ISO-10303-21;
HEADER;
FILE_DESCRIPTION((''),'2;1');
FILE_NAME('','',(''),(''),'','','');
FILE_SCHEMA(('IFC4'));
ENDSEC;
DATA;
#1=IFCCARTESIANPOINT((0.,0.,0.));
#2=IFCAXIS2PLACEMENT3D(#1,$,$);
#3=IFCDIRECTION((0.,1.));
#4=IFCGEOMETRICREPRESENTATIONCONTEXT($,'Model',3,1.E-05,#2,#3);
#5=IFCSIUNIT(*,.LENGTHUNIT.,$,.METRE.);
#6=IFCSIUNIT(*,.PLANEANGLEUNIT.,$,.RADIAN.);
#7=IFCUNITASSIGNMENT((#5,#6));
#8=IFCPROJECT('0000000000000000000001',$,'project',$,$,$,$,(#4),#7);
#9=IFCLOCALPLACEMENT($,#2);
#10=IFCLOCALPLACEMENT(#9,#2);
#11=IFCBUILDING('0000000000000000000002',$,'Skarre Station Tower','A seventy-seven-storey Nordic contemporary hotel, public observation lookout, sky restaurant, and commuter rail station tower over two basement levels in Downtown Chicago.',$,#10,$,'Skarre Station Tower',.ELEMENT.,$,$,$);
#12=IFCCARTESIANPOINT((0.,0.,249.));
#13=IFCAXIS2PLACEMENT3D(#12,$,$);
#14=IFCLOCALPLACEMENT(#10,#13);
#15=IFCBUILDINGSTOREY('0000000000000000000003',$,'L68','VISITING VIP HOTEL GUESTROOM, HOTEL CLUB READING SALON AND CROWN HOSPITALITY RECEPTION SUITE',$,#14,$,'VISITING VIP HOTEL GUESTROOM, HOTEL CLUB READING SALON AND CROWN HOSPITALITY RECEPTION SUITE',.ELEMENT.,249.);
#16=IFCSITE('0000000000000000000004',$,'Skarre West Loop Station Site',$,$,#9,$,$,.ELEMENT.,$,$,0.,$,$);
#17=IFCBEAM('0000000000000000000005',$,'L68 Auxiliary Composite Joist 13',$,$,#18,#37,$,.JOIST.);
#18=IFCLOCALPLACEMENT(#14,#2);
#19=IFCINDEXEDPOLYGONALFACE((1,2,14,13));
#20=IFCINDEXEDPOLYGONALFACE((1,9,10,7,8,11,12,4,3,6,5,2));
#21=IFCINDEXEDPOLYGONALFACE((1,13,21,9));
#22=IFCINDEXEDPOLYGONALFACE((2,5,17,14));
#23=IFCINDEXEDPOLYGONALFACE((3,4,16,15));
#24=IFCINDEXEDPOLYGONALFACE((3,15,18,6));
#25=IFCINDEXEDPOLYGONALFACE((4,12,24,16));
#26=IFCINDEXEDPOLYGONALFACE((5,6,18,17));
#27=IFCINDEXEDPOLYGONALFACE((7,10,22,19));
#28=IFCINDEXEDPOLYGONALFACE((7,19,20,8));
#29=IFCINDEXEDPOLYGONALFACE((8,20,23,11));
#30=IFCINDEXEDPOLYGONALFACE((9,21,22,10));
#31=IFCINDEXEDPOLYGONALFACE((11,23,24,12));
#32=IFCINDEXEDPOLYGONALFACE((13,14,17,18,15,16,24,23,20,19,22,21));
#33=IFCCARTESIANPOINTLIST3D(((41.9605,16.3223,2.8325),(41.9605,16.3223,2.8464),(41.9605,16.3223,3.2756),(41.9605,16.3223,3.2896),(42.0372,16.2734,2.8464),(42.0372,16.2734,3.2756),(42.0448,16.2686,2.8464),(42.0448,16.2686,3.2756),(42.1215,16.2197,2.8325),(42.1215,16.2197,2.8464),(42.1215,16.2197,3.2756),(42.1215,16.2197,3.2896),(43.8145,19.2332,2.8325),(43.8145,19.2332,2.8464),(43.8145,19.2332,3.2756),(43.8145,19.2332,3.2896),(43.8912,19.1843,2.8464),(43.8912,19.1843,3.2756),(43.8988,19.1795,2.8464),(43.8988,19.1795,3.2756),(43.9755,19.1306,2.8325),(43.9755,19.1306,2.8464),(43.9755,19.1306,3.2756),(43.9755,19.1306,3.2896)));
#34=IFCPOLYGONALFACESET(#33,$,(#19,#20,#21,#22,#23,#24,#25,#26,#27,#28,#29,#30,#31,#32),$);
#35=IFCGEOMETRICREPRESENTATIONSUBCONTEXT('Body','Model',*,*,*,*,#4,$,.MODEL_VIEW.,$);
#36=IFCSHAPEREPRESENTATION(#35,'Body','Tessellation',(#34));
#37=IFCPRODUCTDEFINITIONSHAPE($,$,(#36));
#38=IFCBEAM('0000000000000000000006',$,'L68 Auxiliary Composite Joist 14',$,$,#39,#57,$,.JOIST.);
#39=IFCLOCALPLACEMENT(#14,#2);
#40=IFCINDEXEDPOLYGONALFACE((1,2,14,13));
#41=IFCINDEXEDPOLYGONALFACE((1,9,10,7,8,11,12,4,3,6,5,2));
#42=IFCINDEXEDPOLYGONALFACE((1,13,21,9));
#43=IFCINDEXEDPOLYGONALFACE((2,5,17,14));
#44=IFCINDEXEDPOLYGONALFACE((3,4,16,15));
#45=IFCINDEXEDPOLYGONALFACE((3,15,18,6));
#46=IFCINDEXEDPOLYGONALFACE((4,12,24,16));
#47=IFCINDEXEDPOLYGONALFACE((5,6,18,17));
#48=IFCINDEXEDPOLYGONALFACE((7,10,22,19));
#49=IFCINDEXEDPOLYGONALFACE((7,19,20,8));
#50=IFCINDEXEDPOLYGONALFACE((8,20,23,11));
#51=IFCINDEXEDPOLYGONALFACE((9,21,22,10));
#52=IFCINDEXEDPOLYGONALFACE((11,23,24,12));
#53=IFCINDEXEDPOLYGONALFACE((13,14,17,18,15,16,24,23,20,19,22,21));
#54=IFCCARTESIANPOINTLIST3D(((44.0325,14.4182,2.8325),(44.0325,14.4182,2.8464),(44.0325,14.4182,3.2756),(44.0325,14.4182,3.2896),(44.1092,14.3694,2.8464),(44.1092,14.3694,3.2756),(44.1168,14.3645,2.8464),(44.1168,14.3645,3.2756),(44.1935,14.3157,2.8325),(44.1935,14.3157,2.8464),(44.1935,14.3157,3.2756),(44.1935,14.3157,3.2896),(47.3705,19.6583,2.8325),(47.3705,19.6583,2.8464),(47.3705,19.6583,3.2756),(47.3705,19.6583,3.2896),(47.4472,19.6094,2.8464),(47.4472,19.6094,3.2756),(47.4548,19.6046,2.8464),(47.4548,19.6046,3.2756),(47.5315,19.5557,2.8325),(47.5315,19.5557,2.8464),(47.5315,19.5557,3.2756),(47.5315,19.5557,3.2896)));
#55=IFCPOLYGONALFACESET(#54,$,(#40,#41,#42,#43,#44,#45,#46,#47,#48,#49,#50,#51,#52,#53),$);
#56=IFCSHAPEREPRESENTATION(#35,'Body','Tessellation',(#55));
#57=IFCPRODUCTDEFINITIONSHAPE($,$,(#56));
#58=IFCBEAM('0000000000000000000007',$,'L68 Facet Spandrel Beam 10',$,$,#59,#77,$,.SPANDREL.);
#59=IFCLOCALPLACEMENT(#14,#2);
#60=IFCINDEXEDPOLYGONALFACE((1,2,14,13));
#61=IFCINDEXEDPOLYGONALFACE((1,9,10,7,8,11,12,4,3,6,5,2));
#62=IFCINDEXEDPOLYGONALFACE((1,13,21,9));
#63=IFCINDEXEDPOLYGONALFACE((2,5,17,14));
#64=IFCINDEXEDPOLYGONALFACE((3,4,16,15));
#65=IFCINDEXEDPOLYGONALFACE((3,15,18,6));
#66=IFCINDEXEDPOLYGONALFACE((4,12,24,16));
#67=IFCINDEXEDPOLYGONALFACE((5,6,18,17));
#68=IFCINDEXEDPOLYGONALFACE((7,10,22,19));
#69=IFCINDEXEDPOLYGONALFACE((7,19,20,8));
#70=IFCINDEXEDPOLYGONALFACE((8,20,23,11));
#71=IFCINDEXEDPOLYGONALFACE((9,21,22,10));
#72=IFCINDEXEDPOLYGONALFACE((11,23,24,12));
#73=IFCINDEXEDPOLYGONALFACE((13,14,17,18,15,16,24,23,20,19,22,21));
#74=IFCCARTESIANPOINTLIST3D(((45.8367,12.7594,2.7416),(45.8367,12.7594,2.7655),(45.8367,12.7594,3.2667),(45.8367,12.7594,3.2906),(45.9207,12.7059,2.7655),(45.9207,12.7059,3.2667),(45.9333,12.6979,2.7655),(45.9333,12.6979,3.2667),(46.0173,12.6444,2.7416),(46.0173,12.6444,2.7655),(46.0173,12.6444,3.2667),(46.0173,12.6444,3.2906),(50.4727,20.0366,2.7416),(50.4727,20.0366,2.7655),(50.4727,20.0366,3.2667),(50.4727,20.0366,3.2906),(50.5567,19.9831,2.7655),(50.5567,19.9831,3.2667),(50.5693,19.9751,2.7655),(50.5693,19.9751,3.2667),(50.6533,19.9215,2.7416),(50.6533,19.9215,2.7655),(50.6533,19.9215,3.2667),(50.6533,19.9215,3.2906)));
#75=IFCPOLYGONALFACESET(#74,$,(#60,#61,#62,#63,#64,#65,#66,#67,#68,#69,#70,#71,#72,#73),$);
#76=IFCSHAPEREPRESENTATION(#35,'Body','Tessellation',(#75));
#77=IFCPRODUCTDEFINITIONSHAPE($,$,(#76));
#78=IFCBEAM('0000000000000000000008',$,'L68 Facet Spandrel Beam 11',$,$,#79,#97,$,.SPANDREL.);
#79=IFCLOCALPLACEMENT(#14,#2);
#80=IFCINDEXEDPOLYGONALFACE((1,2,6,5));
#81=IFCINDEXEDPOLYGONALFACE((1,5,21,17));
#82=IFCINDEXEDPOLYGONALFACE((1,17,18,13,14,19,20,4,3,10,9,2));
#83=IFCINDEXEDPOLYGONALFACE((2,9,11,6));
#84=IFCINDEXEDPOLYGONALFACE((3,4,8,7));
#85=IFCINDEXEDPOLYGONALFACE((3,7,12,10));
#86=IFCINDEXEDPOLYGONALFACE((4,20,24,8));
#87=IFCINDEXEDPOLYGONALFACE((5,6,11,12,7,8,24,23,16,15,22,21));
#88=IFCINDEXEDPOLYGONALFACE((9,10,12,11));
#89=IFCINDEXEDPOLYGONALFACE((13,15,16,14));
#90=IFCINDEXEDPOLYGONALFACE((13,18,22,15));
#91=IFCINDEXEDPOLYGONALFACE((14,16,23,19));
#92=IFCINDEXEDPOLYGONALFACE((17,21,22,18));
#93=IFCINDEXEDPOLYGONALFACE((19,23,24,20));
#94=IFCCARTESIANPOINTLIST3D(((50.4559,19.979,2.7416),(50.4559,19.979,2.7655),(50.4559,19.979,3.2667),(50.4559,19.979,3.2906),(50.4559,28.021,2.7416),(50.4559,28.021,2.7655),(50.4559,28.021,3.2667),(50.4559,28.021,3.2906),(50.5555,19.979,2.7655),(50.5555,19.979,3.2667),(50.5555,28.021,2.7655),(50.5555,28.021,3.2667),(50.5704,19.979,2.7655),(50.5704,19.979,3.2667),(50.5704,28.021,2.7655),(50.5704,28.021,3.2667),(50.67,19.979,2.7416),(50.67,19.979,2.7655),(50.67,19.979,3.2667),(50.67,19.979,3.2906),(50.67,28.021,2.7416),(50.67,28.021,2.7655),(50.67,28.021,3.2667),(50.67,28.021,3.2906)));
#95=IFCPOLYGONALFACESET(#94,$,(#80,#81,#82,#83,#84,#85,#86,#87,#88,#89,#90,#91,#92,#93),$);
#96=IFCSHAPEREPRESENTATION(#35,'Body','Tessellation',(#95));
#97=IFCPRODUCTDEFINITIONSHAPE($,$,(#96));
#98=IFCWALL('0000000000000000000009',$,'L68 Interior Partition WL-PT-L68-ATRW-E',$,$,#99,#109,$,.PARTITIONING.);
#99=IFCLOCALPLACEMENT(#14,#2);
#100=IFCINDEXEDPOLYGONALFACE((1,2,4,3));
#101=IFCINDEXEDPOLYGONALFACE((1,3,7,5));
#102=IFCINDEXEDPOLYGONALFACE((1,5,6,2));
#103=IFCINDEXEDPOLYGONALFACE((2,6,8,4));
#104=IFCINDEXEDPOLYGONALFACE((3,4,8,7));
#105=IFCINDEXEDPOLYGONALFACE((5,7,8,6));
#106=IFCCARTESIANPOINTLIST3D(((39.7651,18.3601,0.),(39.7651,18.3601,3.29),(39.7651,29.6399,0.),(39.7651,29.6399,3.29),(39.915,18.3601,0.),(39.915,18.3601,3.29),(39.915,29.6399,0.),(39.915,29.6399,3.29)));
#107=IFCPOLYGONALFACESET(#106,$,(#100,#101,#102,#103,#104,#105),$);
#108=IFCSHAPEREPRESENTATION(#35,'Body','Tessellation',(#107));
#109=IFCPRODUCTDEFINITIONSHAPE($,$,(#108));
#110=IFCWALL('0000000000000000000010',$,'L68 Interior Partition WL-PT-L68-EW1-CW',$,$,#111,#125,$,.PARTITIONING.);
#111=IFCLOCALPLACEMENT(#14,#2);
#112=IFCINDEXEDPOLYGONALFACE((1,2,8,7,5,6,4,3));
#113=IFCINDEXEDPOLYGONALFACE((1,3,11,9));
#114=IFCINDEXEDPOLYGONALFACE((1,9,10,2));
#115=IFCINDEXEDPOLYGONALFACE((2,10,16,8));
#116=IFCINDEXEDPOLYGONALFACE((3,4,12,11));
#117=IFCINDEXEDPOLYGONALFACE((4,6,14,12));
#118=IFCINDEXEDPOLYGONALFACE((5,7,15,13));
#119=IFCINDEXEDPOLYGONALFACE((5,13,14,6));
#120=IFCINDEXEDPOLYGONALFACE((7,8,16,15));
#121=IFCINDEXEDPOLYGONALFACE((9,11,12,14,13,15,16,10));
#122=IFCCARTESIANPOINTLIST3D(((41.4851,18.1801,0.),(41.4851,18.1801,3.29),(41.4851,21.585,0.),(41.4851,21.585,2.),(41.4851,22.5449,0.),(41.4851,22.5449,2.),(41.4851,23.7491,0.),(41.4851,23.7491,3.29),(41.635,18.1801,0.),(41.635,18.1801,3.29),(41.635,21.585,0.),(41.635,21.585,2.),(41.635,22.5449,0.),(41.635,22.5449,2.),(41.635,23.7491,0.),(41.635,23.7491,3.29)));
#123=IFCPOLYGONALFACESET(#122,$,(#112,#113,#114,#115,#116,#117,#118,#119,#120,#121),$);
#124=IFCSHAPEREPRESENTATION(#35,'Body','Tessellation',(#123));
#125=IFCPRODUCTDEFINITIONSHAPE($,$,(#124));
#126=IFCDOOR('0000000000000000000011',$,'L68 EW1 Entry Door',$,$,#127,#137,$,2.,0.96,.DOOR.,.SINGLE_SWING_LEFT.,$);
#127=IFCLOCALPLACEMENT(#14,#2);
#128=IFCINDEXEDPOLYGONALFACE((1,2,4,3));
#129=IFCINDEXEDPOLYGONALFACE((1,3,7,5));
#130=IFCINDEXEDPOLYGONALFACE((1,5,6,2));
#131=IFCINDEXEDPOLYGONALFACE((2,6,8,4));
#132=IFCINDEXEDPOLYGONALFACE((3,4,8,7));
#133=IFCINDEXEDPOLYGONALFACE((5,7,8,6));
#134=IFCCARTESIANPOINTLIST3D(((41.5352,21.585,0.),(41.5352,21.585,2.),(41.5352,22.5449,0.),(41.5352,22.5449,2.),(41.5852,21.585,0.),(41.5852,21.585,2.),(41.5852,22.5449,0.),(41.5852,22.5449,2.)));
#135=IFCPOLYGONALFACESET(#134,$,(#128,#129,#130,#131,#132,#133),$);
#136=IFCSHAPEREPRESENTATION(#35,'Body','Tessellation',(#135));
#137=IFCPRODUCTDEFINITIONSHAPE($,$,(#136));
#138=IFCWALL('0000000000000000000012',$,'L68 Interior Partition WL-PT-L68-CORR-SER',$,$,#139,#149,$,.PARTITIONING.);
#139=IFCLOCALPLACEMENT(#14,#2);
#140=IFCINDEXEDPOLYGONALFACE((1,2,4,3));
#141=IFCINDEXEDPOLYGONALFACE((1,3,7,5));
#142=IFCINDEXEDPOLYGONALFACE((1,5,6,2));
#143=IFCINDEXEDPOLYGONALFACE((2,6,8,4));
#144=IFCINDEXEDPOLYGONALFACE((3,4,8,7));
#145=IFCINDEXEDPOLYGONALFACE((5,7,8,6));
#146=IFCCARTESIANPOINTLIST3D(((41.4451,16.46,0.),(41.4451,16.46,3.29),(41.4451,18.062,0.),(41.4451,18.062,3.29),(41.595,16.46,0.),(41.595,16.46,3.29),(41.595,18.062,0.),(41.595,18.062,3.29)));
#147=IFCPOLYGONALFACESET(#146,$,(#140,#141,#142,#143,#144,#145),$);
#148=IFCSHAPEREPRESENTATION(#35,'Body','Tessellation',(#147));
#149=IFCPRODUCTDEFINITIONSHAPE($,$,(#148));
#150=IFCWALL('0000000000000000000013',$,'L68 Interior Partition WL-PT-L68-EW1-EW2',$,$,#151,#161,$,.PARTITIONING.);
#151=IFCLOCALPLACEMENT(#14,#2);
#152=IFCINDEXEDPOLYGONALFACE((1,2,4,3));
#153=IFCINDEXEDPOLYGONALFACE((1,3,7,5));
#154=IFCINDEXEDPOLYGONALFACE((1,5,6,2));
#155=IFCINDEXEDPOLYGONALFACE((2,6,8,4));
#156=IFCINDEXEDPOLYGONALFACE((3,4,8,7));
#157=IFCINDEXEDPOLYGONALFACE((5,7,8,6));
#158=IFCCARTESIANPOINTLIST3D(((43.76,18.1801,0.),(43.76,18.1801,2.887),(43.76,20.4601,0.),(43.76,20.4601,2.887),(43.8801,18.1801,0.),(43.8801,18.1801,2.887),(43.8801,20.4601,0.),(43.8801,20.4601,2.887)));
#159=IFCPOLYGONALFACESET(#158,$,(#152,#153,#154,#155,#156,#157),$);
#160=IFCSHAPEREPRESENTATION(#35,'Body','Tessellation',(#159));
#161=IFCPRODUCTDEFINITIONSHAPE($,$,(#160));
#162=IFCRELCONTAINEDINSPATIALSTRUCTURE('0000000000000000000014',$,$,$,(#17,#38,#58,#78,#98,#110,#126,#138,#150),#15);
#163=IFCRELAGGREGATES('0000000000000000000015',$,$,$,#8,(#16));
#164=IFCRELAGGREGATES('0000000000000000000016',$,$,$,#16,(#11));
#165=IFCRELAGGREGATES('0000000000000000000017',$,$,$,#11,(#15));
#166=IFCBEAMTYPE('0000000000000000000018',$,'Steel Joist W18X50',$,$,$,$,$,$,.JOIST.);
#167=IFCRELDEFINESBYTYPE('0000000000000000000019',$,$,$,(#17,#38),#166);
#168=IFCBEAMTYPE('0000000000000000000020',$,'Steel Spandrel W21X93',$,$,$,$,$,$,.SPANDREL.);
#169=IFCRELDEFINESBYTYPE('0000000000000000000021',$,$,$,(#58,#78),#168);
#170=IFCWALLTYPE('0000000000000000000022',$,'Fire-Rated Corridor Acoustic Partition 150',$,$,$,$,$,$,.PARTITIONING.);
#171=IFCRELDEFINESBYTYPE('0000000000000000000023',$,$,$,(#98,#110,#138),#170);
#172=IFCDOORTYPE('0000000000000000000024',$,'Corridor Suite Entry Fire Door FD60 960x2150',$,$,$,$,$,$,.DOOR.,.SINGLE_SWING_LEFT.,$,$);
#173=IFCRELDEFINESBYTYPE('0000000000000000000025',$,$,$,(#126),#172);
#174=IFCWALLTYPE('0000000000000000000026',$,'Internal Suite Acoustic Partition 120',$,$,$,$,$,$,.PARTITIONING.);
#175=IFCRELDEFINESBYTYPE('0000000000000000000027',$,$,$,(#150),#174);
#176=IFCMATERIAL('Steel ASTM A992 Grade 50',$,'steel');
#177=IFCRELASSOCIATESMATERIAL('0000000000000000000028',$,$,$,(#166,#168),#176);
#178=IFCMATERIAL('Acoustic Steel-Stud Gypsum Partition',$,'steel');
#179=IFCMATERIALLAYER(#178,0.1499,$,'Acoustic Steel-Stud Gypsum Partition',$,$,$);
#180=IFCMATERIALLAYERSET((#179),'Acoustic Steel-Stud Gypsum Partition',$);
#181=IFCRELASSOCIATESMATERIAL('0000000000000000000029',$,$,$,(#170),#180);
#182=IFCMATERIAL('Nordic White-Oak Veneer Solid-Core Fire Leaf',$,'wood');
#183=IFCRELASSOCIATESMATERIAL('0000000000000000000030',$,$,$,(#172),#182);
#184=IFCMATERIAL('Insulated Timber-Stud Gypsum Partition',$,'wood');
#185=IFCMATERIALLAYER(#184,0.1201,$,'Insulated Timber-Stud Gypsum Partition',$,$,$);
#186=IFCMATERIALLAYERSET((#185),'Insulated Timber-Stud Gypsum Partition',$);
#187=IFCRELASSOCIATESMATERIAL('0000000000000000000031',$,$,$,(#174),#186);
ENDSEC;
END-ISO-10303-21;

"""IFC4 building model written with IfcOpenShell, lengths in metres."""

from ifc_helpers import new_model, si_unit, direction, frame, frame_2d, origin, origin_2d, place, context, subcontext, project, spatial, rectangle, i_section, extrude, material, layer, layer_set, material_profile, profile_set, type_object, element, fill, save


model = new_model("IFC4")

# Units and contexts
model_context = context("Model", 3, precision=1e-05, world=origin(), true_north=direction((0.0, 1.0)))
body_context = subcontext(model_context, "Body", "Model", "MODEL_VIEW")
ifc_project = project(units=[si_unit("LENGTHUNIT", "METRE"), si_unit("PLANEANGLEUNIT", "RADIAN")], contexts=[model_context])

# Site, building, storey
site_placement = place(None, origin())
site = spatial("IfcSite", under=ifc_project, at=site_placement, Name="Skarre West Loop Station Site", CompositionType="ELEMENT", RefElevation=0.0)
building_placement = place(site_placement, origin())
building = spatial("IfcBuilding", under=site, at=building_placement, Name="Skarre Station Tower", Description="A seventy-seven-storey Nordic contemporary hotel, public observation lookout, sky restaurant, and commuter rail station tower over two basement levels in Downtown Chicago.", LongName="Skarre Station Tower", CompositionType="ELEMENT")
storey_placement = place(building_placement, frame((0.0, 0.0, 249.0)))
storey = spatial("IfcBuildingStorey", under=building, at=storey_placement, Name="L68", Description="VISITING VIP HOTEL GUESTROOM, HOTEL CLUB READING SALON AND CROWN HOSPITALITY RECEPTION SUITE", LongName="VISITING VIP HOTEL GUESTROOM, HOTEL CLUB READING SALON AND CROWN HOSPITALITY RECEPTION SUITE", CompositionType="ELEMENT", Elevation=249.0)

# Beams
ifc_material_1 = material(Name="Steel ASTM A992 Grade 50", Category="steel")
ifc_material_profile_1 = material_profile(ifc_material_1, i_section(OverallWidth=0.1909, OverallDepth=0.457, WebThickness=0.009, FlangeThickness=0.0139, at=origin_2d()), Name="Steel ASTM A992 Grade 50")
ifc_profile_set_1 = profile_set([ifc_material_profile_1], Name="Steel ASTM A992 Grade 50")
beam_type_1 = type_object("IfcBeamType", Name="Steel Joist W18X50", PredefinedType="JOIST", material=ifc_profile_set_1)
beam_1_placement = place(storey_placement, frame((42.041, 16.271, 3.061), z_axis=(0.53721, 0.843449, 0.0), x_axis=(-0.843449, 0.53721, 0.0)))
element("IfcBeam", 1, at=beam_1_placement, inside=storey, type_object=beam_type_1, Name="L68 Auxiliary Composite Joist 13", PredefinedType="JOIST", context=body_context, shape_type="SweptSolid", body=[
    extrude(i_section(OverallWidth=0.1909, OverallDepth=0.457, WebThickness=0.009, FlangeThickness=0.0139, at=origin_2d()), origin(), (0.0, 0.0, 1.0), 3.4512),
])
beam_2_placement = place(storey_placement, frame((44.113, 14.3669, 3.061), z_axis=(0.537259, 0.843417, 0.0), x_axis=(-0.843417, 0.537259, 0.0)))
element("IfcBeam", 2, at=beam_2_placement, inside=storey, type_object=beam_type_1, Name="L68 Auxiliary Composite Joist 14", PredefinedType="JOIST", context=body_context, shape_type="SweptSolid", body=[
    extrude(i_section(OverallWidth=0.1909, OverallDepth=0.457, WebThickness=0.009, FlangeThickness=0.0139, at=origin_2d()), origin(), (0.0, 0.0, 1.0), 6.2129),
])
ifc_material_profile_2 = material_profile(ifc_material_1, i_section(OverallWidth=0.2141, OverallDepth=0.5491, WebThickness=0.0149, FlangeThickness=0.0239, at=origin_2d()), Name="Steel ASTM A992 Grade 50")
ifc_profile_set_2 = profile_set([ifc_material_profile_2], Name="Steel ASTM A992 Grade 50")
beam_type_2 = type_object("IfcBeamType", Name="Steel Spandrel W21X93", PredefinedType="SPANDREL", material=ifc_profile_set_2)
beam_3_placement = place(storey_placement, frame((45.927, 12.7019, 3.0161), z_axis=(0.537297, 0.843393, 0.0), x_axis=(-0.843393, 0.537297, 0.0)))
element("IfcBeam", 3, at=beam_3_placement, inside=storey, type_object=beam_type_2, Name="L68 Facet Spandrel Beam 10", PredefinedType="SPANDREL", context=body_context, shape_type="SweptSolid", body=[
    extrude(i_section(OverallWidth=0.2141, OverallDepth=0.5491, WebThickness=0.0149, FlangeThickness=0.0239, at=origin_2d()), origin(), (0.0, 0.0, 1.0), 8.6284),
])
beam_4_placement = place(storey_placement, frame((50.563, 19.979, 3.0161), z_axis=(0.0, 1.0, 0.0), x_axis=(-1.0, 0.0, 0.0)))
element("IfcBeam", 4, at=beam_4_placement, inside=storey, type_object=beam_type_2, Name="L68 Facet Spandrel Beam 11", PredefinedType="SPANDREL", context=body_context, shape_type="SweptSolid", body=[
    extrude(i_section(OverallWidth=0.2141, OverallDepth=0.5491, WebThickness=0.0149, FlangeThickness=0.0239, at=origin_2d()), origin(), (0.0, 0.0, 1.0), 8.042),
])

# Wall
ifc_material_2 = material(Name="Acoustic Steel-Stud Gypsum Partition", Category="steel")
ifc_layer_1 = layer(ifc_material_2, 0.1499, Name="Acoustic Steel-Stud Gypsum Partition")
ifc_layer_set_1 = layer_set([ifc_layer_1], Name="Acoustic Steel-Stud Gypsum Partition")
wall_type_1 = type_object("IfcWallType", Name="Fire-Rated Corridor Acoustic Partition 150", PredefinedType="PARTITIONING", material=ifc_layer_set_1)
wall_1_placement = place(storey_placement, frame((39.8401, 18.3601, 0.0), z_axis=(0.0, 0.0, 1.0), x_axis=(0.0, 1.0, 0.0)))
element("IfcWall", 5, at=wall_1_placement, inside=storey, type_object=wall_type_1, Name="L68 Interior Partition WL-PT-L68-ATRW-E", PredefinedType="PARTITIONING", context=body_context, shape_type="SweptSolid", body=[
    extrude(rectangle(XDim=11.2798, YDim=0.1499, at=frame_2d((5.6399, 0.0))), origin(), (0.0, 0.0, 1.0), 3.29),
])

# Wall, opening, door
wall_2_placement = place(storey_placement, frame((41.5601, 18.1799, 0.0), z_axis=(0.0, 0.0, 1.0), x_axis=(0.0, 1.0, 0.0)))
wall_2 = element("IfcWall", 6, at=wall_2_placement, inside=storey, type_object=wall_type_1, Name="L68 Interior Partition WL-PT-L68-EW1-CW", PredefinedType="PARTITIONING", context=body_context, shape_type="SweptSolid", body=[
    extrude(rectangle(XDim=5.5691, YDim=0.1499, at=frame_2d((2.7847, 0.0))), origin(), (0.0, 0.0, 1.0), 3.29),
])
opening_1_placement = place(wall_2_placement, frame((3.405, 0.0, 0.0)))
opening_1 = element("IfcOpeningElement", 7, at=opening_1_placement, cuts=wall_2, PredefinedType="OPENING", context=body_context, shape_type="SweptSolid", body=[
    extrude(rectangle(XDim=0.96, YDim=2.0, at=frame_2d((0.48, 1.0))), frame((0.0, 0.085, 0.0), z_axis=(0.0, -1.0, 0.0), x_axis=(1.0, 0.0, 0.0)), (0.0, 0.0, 1.0), 0.1699),
])
ifc_material_3 = material(Name="Nordic White-Oak Veneer Solid-Core Fire Leaf", Category="wood")
door_type_1 = type_object("IfcDoorType", Name="Corridor Suite Entry Fire Door FD60 960x2150", OperationType="SINGLE_SWING_LEFT", PredefinedType="DOOR", material=ifc_material_3)
door_1_placement = place(opening_1_placement, origin())
door_1 = element("IfcDoor", 8, at=door_1_placement, inside=storey, type_object=door_type_1, Name="L68 EW1 Entry Door", OperationType="SINGLE_SWING_LEFT", OverallHeight=2.0, OverallWidth=0.96, PredefinedType="DOOR", context=body_context, shape_type="SweptSolid", body=[
    extrude(rectangle(XDim=0.96, YDim=2.0, at=frame_2d((0.48, 1.0))), frame((0.0, 0.0249, 0.0), z_axis=(0.0, -1.0, 0.0), x_axis=(1.0, 0.0, 0.0)), (0.0, 0.0, 1.0), 0.05),
])
fill(opening_1, door_1)

# Walls
wall_3_placement = place(storey_placement, frame((41.52, 16.46, 0.0), z_axis=(0.0, 0.0, 1.0), x_axis=(0.0, 1.0, 0.0)))
element("IfcWall", 9, at=wall_3_placement, inside=storey, type_object=wall_type_1, Name="L68 Interior Partition WL-PT-L68-CORR-SER", PredefinedType="PARTITIONING", context=body_context, shape_type="SweptSolid", body=[
    extrude(rectangle(XDim=1.6021, YDim=0.1499, at=frame_2d((0.801, 0.0))), origin(), (0.0, 0.0, 1.0), 3.29),
])
ifc_material_4 = material(Name="Insulated Timber-Stud Gypsum Partition", Category="wood")
ifc_layer_2 = layer(ifc_material_4, 0.1201, Name="Insulated Timber-Stud Gypsum Partition")
ifc_layer_set_2 = layer_set([ifc_layer_2], Name="Insulated Timber-Stud Gypsum Partition")
wall_type_2 = type_object("IfcWallType", Name="Internal Suite Acoustic Partition 120", PredefinedType="PARTITIONING", material=ifc_layer_set_2)
wall_4_placement = place(storey_placement, frame((43.8201, 18.1799, 0.0), z_axis=(0.0, 0.0, 1.0), x_axis=(0.0, 1.0, 0.0)))
element("IfcWall", 10, at=wall_4_placement, inside=storey, type_object=wall_type_2, Name="L68 Interior Partition WL-PT-L68-EW1-EW2", PredefinedType="PARTITIONING", context=body_context, shape_type="SweptSolid", body=[
    extrude(rectangle(XDim=2.28, YDim=0.1201, at=frame_2d((1.1401, 0.0))), origin(), (0.0, 0.0, 1.0), 2.887),
])

save(model, "model.ifc")
